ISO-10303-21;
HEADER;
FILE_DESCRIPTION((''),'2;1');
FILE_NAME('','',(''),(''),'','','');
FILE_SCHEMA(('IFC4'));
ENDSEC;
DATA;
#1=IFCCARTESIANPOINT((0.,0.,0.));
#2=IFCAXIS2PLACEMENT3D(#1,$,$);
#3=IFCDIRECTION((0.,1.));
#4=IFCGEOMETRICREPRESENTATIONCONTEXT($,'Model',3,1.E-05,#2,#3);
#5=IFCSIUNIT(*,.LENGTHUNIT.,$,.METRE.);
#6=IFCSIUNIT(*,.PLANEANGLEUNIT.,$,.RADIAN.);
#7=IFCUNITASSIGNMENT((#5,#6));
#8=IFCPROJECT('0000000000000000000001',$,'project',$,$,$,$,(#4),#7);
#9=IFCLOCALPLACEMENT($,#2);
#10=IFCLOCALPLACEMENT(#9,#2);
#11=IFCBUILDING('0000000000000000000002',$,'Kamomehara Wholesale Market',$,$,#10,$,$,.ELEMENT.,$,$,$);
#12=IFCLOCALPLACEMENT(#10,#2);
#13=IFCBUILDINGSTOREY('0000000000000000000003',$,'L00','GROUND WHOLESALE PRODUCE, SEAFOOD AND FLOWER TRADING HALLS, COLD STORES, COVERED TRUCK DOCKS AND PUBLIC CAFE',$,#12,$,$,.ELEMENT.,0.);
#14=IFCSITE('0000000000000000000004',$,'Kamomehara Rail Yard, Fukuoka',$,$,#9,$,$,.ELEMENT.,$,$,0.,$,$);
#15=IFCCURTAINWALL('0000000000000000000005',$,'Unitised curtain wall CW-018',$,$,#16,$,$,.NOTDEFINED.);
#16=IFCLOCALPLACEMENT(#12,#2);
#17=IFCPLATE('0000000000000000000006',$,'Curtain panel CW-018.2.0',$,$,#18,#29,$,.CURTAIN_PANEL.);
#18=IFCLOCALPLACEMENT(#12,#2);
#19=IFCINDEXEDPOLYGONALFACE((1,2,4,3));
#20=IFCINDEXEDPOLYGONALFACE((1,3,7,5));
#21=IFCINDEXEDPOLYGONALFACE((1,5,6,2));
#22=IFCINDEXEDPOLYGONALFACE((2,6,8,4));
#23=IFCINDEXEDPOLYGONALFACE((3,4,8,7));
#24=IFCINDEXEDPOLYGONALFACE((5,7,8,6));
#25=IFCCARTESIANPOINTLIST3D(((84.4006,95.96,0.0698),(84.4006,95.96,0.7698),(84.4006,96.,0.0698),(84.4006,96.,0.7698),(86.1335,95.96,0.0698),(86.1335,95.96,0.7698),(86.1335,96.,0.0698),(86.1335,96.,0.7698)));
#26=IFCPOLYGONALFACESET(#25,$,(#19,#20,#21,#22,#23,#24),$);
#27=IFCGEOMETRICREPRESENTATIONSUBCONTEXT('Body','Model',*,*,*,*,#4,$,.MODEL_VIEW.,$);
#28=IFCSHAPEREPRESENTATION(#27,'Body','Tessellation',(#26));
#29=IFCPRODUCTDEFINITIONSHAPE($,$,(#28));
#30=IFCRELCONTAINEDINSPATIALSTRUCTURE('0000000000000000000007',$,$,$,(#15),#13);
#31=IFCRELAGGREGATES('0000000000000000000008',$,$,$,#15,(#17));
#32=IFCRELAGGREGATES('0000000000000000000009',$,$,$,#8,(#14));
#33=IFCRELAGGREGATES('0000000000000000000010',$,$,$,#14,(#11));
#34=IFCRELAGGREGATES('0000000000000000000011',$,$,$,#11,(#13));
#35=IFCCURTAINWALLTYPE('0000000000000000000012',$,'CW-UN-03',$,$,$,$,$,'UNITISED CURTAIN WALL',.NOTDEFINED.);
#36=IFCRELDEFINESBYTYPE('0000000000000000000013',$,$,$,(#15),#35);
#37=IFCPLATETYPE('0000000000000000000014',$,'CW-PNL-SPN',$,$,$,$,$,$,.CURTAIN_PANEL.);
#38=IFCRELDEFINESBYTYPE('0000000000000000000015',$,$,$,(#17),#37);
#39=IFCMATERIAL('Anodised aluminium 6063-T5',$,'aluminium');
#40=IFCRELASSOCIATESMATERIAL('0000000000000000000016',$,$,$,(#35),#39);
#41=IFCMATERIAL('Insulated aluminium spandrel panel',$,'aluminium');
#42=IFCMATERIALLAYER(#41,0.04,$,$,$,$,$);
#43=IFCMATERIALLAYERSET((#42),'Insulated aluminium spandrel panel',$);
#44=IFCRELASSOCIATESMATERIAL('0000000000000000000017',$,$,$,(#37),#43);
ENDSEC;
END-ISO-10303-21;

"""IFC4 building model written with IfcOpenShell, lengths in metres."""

from ifc_helpers import new_model, si_unit, direction, frame, origin, origin_2d, place, context, subcontext, project, spatial, rectangle, extrude, material, layer, layer_set, type_object, element, aggregate, save


model = new_model("IFC4")

# Units and contexts
model_context = context("Model", 3, precision=1e-05, world=origin(), true_north=direction((0.0, 1.0)))
body_context = subcontext(model_context, "Body", "Model", "MODEL_VIEW")
ifc_project = project(units=[si_unit("LENGTHUNIT", "METRE"), si_unit("PLANEANGLEUNIT", "RADIAN")], contexts=[model_context])

# Site, building, storey
site_placement = place(None, origin())
site = spatial("IfcSite", under=ifc_project, at=site_placement, Name="Kamomehara Rail Yard, Fukuoka", CompositionType="ELEMENT", RefElevation=0.0)
building_placement = place(site_placement, origin())
building = spatial("IfcBuilding", under=site, at=building_placement, Name="Kamomehara Wholesale Market", CompositionType="ELEMENT")
storey_placement = place(building_placement, origin())
storey = spatial("IfcBuildingStorey", under=building, at=storey_placement, Name="L00", Description="GROUND WHOLESALE PRODUCE, SEAFOOD AND FLOWER TRADING HALLS, COLD STORES, COVERED TRUCK DOCKS AND PUBLIC CAFE", CompositionType="ELEMENT", Elevation=0.0)

# Curtain wall
ifc_material_1 = material(Name="Anodised aluminium 6063-T5", Category="aluminium")
curtain_wall_type = type_object("IfcCurtainWallType", Name="CW-UN-03", ElementType="UNITISED CURTAIN WALL", PredefinedType="NOTDEFINED", material=ifc_material_1)
curtain_wall_1_placement = place(storey_placement, origin())
curtain_wall_1 = element("IfcCurtainWall", 1, at=curtain_wall_1_placement, inside=storey, type_object=curtain_wall_type, Name="Unitised curtain wall CW-018", PredefinedType="NOTDEFINED")

# Plate
ifc_material_2 = material(Name="Insulated aluminium spandrel panel", Category="aluminium")
ifc_layer_1 = layer(ifc_material_2, 0.04)
ifc_layer_set_1 = layer_set([ifc_layer_1], Name="Insulated aluminium spandrel panel")
plate_type_1 = type_object("IfcPlateType", Name="CW-PNL-SPN", PredefinedType="CURTAIN_PANEL", material=ifc_layer_set_1)
plate_1_placement = place(storey_placement, frame((85.2671, 95.98, 0.0698), z_axis=(0.0, 0.0, 1.0), x_axis=(-1.0, 0.0, 0.0)))
plate_1 = element("IfcPlate", 2, at=plate_1_placement, type_object=plate_type_1, Name="Curtain panel CW-018.2.0", PredefinedType="CURTAIN_PANEL", context=body_context, shape_type="SweptSolid", body=[
    extrude(rectangle(XDim=1.7329, YDim=0.04, at=origin_2d()), origin(), (0.0, 0.0, 1.0), 0.7),
])
aggregate(curtain_wall_1, [plate_1])

save(model, "model.ifc")
